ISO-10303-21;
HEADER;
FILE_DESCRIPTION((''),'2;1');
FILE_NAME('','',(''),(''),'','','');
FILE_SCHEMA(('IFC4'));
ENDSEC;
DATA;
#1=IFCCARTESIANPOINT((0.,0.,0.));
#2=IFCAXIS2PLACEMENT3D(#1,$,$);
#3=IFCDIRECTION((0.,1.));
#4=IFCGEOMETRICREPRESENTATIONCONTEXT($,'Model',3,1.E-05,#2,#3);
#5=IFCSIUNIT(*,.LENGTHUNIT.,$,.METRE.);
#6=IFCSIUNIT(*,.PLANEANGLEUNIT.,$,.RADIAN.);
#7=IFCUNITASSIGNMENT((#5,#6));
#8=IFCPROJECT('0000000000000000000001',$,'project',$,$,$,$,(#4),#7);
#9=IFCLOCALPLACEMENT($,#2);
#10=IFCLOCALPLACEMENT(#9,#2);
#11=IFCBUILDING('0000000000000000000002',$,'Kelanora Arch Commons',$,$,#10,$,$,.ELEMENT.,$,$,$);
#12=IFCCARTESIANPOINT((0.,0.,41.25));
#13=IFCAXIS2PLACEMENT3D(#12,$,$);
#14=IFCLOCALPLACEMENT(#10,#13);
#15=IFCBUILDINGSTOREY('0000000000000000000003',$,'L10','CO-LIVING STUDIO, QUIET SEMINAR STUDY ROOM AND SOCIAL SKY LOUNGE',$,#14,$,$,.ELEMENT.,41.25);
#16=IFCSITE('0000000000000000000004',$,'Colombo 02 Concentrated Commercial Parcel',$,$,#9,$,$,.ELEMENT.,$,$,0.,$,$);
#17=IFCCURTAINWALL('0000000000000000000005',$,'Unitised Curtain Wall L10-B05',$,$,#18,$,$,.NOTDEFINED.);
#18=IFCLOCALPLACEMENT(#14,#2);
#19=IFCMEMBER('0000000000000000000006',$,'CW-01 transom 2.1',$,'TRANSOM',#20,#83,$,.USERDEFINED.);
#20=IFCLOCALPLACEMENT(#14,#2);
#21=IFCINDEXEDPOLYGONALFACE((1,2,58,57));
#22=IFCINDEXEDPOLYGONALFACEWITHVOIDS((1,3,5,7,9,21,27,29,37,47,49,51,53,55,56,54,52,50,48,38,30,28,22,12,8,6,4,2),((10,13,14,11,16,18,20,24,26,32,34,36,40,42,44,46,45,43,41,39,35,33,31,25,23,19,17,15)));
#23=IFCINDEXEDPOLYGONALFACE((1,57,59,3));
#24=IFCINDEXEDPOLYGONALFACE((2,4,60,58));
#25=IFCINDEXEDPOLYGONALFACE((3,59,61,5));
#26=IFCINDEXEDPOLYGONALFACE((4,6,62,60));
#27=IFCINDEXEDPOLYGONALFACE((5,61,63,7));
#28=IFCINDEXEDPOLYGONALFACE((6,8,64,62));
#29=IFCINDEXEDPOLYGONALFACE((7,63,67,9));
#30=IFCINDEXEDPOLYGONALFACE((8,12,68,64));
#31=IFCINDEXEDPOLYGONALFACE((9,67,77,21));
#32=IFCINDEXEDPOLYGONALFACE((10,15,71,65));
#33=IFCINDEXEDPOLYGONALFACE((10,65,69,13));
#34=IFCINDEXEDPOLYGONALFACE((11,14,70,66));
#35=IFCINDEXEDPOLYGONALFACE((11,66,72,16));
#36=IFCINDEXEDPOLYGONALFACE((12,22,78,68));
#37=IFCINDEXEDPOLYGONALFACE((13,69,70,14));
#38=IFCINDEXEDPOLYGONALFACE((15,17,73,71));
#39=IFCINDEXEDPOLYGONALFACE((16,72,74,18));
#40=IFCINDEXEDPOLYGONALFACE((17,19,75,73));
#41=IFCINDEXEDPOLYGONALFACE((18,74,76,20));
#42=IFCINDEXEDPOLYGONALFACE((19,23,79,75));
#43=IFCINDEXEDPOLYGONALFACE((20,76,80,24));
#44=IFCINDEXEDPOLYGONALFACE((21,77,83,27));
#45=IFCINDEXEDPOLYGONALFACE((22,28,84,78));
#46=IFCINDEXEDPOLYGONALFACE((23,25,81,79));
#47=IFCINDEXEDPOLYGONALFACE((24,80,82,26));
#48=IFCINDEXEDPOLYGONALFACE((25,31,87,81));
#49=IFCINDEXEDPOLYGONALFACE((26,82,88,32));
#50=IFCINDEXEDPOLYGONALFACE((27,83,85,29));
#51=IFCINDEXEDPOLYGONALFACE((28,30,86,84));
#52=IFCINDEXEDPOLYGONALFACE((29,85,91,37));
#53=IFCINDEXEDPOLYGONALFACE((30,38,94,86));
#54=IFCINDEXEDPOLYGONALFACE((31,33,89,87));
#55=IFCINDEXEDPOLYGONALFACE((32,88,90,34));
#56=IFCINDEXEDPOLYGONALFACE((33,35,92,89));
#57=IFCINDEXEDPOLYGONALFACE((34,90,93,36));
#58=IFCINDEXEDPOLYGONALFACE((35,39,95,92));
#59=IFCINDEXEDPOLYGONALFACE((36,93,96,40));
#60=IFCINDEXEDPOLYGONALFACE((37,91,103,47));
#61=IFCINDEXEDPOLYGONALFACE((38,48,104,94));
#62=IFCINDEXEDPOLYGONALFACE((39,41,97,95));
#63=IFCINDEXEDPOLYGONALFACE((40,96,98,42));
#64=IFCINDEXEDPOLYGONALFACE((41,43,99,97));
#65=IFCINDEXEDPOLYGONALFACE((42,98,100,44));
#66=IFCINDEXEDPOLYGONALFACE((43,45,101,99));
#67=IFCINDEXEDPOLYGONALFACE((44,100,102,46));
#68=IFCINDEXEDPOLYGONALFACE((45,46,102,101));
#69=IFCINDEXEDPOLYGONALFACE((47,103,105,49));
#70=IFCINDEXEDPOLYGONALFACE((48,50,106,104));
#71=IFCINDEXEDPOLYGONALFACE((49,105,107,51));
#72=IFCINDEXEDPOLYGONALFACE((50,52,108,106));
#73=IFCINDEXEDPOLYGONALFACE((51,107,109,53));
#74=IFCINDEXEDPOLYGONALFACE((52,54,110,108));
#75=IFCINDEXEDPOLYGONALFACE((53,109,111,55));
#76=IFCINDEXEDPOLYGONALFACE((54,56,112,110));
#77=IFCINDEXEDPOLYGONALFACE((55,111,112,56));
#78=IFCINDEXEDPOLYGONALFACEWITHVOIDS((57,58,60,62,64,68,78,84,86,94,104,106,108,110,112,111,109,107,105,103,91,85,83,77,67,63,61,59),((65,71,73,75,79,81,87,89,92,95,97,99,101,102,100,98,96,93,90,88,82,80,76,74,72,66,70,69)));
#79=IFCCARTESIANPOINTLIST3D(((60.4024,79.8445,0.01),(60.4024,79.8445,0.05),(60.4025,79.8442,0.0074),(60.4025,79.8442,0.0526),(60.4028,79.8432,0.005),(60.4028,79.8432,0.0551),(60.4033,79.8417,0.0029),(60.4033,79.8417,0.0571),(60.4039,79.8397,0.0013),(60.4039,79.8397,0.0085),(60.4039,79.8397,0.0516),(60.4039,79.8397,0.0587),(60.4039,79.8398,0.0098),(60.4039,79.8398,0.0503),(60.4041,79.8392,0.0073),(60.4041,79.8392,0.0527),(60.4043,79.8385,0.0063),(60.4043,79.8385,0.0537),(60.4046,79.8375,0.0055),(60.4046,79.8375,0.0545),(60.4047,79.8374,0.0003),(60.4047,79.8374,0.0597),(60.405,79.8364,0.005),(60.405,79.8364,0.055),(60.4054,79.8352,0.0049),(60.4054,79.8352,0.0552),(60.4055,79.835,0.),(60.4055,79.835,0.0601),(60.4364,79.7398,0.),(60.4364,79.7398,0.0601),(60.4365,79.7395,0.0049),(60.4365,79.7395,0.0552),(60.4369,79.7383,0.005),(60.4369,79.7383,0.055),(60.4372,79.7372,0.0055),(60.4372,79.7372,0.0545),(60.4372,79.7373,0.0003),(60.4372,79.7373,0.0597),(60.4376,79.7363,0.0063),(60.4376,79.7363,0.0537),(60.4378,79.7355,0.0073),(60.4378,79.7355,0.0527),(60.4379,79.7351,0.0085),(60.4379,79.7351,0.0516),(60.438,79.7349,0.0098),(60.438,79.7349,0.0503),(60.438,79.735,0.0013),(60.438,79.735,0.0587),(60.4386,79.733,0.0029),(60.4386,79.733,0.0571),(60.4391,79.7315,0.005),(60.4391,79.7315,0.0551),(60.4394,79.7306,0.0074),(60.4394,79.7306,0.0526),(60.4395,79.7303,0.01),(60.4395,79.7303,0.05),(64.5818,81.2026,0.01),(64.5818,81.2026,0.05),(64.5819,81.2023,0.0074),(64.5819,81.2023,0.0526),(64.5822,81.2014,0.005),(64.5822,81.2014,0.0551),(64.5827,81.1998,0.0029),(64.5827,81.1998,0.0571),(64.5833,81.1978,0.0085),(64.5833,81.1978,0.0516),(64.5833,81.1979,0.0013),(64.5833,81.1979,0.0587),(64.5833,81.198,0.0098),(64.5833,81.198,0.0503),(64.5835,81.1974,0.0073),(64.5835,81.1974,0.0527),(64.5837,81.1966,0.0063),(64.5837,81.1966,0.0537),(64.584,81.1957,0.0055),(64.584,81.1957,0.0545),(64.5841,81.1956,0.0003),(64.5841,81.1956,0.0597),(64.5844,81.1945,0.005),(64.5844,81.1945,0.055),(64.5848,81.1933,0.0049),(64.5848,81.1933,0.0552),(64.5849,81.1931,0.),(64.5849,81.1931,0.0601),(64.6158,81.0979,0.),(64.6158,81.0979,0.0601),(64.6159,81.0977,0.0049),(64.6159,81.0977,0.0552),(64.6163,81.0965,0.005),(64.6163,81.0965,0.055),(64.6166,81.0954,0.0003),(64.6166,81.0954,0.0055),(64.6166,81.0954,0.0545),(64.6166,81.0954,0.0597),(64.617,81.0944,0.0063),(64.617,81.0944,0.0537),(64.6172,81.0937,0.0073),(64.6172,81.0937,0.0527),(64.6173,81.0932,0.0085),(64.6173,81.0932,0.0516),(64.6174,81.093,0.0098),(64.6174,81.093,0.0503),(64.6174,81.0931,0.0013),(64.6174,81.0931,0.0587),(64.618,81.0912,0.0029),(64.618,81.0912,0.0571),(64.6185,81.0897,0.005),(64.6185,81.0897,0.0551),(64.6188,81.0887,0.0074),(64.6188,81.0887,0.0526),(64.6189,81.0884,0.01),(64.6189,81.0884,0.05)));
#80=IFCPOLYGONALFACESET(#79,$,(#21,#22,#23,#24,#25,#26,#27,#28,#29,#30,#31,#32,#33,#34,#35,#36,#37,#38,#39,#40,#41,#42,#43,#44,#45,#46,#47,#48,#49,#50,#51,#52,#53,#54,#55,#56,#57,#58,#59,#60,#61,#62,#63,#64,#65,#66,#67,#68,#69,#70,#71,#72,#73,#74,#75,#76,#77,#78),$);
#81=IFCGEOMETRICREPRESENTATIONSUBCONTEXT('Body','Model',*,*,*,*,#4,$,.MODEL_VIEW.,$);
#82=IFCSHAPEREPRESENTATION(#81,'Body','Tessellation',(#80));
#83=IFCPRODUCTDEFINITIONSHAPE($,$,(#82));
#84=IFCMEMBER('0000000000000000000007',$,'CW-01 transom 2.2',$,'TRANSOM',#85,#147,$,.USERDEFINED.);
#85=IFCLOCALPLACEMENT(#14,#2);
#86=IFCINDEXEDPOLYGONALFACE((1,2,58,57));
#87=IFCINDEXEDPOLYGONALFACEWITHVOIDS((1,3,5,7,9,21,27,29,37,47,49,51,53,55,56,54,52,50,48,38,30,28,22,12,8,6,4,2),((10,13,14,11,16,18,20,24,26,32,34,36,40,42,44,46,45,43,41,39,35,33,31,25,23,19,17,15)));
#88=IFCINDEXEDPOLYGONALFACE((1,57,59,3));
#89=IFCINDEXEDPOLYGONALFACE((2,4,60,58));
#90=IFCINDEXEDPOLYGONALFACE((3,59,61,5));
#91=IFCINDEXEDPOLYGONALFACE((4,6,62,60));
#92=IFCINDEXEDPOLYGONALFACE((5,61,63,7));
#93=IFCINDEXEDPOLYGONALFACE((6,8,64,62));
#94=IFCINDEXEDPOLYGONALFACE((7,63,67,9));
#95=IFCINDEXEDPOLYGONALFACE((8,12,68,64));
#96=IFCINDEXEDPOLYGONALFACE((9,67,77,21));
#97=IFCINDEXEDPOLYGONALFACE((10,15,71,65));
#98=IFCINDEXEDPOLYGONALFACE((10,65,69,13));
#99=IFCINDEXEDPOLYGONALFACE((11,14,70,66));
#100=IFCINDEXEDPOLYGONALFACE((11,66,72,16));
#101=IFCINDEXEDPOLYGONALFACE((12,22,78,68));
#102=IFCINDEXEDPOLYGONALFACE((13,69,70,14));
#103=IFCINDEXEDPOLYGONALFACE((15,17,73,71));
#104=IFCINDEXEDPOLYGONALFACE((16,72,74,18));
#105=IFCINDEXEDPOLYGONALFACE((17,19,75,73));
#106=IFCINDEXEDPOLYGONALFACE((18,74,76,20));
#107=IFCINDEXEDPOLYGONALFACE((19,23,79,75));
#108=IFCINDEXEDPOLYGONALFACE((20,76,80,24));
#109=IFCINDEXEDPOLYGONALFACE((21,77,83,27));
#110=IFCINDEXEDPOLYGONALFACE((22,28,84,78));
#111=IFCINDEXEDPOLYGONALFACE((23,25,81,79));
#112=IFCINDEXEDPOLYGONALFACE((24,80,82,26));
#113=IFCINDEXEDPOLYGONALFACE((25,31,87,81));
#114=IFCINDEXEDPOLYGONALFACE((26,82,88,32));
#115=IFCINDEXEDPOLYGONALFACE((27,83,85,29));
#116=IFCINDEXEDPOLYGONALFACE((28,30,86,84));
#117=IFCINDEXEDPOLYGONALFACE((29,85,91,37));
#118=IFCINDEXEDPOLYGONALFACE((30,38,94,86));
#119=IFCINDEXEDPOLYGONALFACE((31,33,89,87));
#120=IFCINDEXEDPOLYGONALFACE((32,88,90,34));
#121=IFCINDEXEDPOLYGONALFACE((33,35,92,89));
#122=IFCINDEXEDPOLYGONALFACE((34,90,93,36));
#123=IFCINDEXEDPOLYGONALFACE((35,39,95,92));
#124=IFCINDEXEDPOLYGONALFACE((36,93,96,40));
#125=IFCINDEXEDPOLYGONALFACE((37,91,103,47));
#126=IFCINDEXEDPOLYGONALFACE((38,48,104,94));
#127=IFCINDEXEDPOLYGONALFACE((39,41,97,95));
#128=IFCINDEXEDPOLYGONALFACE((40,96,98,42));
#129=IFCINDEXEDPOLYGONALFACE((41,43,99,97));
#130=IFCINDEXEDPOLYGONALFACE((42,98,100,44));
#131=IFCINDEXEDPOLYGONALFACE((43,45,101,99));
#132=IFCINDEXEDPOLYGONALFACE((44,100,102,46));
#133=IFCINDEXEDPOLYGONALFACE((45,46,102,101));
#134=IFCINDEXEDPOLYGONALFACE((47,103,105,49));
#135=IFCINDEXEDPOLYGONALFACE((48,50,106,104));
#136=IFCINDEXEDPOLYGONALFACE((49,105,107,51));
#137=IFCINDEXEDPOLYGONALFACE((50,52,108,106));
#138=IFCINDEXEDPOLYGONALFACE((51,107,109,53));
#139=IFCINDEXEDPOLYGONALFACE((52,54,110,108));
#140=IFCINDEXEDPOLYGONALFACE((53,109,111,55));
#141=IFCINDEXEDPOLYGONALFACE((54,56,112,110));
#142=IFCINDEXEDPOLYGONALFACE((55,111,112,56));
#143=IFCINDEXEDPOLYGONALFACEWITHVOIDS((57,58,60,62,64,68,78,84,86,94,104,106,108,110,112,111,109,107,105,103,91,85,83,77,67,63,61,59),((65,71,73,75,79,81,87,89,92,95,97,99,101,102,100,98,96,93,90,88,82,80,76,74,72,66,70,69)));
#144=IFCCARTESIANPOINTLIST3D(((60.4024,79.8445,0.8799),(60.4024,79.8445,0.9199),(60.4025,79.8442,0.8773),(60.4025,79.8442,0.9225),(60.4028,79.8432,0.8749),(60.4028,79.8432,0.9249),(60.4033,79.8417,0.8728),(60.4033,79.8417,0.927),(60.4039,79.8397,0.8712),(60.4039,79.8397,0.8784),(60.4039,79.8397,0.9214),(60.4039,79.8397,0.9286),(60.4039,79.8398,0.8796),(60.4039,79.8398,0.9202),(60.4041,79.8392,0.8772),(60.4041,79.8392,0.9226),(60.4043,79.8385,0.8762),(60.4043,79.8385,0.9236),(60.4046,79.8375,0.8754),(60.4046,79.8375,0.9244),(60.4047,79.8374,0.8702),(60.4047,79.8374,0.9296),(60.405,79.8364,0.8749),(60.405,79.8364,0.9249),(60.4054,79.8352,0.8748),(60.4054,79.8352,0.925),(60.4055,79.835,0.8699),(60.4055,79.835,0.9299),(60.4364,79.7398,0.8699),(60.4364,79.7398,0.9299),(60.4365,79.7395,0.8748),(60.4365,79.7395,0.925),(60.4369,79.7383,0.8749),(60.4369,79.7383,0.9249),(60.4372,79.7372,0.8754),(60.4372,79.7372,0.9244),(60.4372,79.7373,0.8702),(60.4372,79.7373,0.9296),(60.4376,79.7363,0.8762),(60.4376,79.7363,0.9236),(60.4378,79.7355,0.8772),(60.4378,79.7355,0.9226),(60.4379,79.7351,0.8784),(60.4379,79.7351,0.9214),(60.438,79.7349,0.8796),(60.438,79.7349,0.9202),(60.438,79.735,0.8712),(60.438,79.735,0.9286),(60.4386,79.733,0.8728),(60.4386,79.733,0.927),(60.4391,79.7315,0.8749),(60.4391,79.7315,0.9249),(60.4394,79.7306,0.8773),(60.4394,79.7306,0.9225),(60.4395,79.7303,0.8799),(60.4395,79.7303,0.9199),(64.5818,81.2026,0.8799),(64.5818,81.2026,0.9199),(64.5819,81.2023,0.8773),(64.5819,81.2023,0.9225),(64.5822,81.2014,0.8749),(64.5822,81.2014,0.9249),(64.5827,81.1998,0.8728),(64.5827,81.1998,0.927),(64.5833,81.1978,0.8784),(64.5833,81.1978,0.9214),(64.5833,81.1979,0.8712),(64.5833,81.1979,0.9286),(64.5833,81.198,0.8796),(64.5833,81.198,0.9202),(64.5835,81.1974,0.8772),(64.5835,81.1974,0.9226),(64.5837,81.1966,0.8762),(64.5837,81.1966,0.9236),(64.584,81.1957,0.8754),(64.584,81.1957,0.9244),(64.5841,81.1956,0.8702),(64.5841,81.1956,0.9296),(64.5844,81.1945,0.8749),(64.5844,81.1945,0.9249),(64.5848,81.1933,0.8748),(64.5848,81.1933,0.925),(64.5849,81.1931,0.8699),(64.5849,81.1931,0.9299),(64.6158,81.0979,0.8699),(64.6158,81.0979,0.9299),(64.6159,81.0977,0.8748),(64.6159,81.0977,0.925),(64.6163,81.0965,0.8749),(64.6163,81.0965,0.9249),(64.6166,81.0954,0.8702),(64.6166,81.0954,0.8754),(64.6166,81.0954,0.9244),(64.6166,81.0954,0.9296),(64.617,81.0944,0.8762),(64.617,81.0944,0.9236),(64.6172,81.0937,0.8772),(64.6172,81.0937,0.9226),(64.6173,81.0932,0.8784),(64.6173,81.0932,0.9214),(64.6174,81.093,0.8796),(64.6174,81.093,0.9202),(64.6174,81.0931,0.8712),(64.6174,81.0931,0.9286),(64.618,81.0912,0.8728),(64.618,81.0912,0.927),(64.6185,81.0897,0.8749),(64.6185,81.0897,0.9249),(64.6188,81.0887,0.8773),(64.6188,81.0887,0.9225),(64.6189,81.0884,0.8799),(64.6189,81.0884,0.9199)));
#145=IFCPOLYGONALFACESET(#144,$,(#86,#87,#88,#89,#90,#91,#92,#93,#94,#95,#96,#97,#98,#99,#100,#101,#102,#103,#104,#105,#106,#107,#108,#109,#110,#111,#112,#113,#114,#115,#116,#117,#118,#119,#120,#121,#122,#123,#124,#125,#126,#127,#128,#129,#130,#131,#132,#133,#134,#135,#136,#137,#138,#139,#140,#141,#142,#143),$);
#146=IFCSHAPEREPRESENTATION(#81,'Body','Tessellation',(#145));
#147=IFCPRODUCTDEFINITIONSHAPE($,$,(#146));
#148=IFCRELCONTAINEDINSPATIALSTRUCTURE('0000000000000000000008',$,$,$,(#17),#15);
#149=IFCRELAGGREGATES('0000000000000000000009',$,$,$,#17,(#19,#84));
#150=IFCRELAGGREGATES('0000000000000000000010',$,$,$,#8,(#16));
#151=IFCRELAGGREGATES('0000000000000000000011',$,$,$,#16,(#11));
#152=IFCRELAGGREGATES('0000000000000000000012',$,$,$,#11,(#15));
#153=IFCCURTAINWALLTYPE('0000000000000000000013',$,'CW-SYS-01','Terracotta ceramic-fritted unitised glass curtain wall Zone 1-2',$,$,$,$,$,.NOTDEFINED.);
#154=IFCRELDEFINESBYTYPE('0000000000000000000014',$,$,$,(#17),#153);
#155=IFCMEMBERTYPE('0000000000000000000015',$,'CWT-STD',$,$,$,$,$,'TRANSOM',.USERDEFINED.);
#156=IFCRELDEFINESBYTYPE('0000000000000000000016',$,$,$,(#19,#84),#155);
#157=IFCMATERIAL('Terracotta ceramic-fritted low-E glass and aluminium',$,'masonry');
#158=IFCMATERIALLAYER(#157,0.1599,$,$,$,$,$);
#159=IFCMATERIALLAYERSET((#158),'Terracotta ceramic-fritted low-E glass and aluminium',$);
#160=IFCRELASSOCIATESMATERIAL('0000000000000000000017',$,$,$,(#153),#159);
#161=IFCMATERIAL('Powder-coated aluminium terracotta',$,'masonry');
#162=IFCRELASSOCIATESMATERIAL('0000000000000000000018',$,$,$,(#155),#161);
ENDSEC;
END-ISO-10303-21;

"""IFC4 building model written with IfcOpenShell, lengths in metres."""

from ifc_helpers import new_model, si_unit, direction, frame, origin, origin_2d, place, context, subcontext, project, spatial, hollow_rectangle, extrude, material, layer, layer_set, material_profile, profile_set, type_object, element, aggregate, save


model = new_model("IFC4")

# Units and contexts
model_context = context("Model", 3, precision=1e-05, world=origin(), true_north=direction((0.0, 1.0)))
body_context = subcontext(model_context, "Body", "Model", "MODEL_VIEW")
ifc_project = project(units=[si_unit("LENGTHUNIT", "METRE"), si_unit("PLANEANGLEUNIT", "RADIAN")], contexts=[model_context])

# Site, building, storey
site_placement = place(None, origin())
site = spatial("IfcSite", under=ifc_project, at=site_placement, Name="Colombo 02 Concentrated Commercial Parcel", CompositionType="ELEMENT", RefElevation=0.0)
building_placement = place(site_placement, origin())
building = spatial("IfcBuilding", under=site, at=building_placement, Name="Kelanora Arch Commons", CompositionType="ELEMENT")
storey_placement = place(building_placement, frame((0.0, 0.0, 41.25)))
storey = spatial("IfcBuildingStorey", under=building, at=storey_placement, Name="L10", Description="CO-LIVING STUDIO, QUIET SEMINAR STUDY ROOM AND SOCIAL SKY LOUNGE", CompositionType="ELEMENT", Elevation=41.25)

# Curtain wall, members
ifc_material_1 = material(Name="Terracotta ceramic-fritted low-E glass and aluminium", Category="masonry")
ifc_layer_1 = layer(ifc_material_1, 0.1599)
ifc_layer_set_1 = layer_set([ifc_layer_1], Name="Terracotta ceramic-fritted low-E glass and aluminium")
curtain_wall_type = type_object("IfcCurtainWallType", Name="CW-SYS-01", Description="Terracotta ceramic-fritted unitised glass curtain wall Zone 1-2", PredefinedType="NOTDEFINED", material=ifc_layer_set_1)
curtain_wall_placement = place(storey_placement, origin())
curtain_wall = element("IfcCurtainWall", 1, at=curtain_wall_placement, inside=storey, type_object=curtain_wall_type, Name="Unitised Curtain Wall L10-B05", PredefinedType="NOTDEFINED")
ifc_material_2 = material(Name="Powder-coated aluminium terracotta", Category="masonry")
ifc_material_profile_1 = material_profile(ifc_material_2, hollow_rectangle(XDim=0.1201, YDim=0.0601, WallThickness=0.0049, InnerFilletRadius=0.0049, OuterFilletRadius=0.01, at=origin_2d()), Name="CWT120x60")
ifc_profile_set_1 = profile_set([ifc_material_profile_1], Name="Powder-coated aluminium terracotta")
member_type_1 = type_object("IfcMemberType", Name="CWT-STD", ElementType="TRANSOM", PredefinedType="USERDEFINED", material=ifc_profile_set_1)
member_1_placement = place(storey_placement, frame((64.6003, 81.1455, 0.03), z_axis=(-0.951045, -0.309052, 0.0), x_axis=(0.309052, -0.951045, 0.0)))
member_1 = element("IfcMember", 2, at=member_1_placement, type_object=member_type_1, Name="CW-01 transom 2.1", ObjectType="TRANSOM", PredefinedType="USERDEFINED", context=body_context, shape_type="SweptSolid", body=[
    extrude(hollow_rectangle(XDim=0.1201, YDim=0.0601, WallThickness=0.0049, InnerFilletRadius=0.0049, OuterFilletRadius=0.01, at=origin_2d()), origin(), (0.0, 0.0, 1.0), 4.3945),
])
member_2_placement = place(storey_placement, frame((64.6003, 81.1455, 0.8999), z_axis=(-0.951045, -0.309052, 0.0), x_axis=(0.309052, -0.951045, 0.0)))
member_2 = element("IfcMember", 3, at=member_2_placement, type_object=member_type_1, Name="CW-01 transom 2.2", ObjectType="TRANSOM", PredefinedType="USERDEFINED", context=body_context, shape_type="SweptSolid", body=[
    extrude(hollow_rectangle(XDim=0.1201, YDim=0.0601, WallThickness=0.0049, InnerFilletRadius=0.0049, OuterFilletRadius=0.01, at=origin_2d()), origin(), (0.0, 0.0, 1.0), 4.3945),
])
aggregate(curtain_wall, [member_1, member_2])

save(model, "model.ifc")
